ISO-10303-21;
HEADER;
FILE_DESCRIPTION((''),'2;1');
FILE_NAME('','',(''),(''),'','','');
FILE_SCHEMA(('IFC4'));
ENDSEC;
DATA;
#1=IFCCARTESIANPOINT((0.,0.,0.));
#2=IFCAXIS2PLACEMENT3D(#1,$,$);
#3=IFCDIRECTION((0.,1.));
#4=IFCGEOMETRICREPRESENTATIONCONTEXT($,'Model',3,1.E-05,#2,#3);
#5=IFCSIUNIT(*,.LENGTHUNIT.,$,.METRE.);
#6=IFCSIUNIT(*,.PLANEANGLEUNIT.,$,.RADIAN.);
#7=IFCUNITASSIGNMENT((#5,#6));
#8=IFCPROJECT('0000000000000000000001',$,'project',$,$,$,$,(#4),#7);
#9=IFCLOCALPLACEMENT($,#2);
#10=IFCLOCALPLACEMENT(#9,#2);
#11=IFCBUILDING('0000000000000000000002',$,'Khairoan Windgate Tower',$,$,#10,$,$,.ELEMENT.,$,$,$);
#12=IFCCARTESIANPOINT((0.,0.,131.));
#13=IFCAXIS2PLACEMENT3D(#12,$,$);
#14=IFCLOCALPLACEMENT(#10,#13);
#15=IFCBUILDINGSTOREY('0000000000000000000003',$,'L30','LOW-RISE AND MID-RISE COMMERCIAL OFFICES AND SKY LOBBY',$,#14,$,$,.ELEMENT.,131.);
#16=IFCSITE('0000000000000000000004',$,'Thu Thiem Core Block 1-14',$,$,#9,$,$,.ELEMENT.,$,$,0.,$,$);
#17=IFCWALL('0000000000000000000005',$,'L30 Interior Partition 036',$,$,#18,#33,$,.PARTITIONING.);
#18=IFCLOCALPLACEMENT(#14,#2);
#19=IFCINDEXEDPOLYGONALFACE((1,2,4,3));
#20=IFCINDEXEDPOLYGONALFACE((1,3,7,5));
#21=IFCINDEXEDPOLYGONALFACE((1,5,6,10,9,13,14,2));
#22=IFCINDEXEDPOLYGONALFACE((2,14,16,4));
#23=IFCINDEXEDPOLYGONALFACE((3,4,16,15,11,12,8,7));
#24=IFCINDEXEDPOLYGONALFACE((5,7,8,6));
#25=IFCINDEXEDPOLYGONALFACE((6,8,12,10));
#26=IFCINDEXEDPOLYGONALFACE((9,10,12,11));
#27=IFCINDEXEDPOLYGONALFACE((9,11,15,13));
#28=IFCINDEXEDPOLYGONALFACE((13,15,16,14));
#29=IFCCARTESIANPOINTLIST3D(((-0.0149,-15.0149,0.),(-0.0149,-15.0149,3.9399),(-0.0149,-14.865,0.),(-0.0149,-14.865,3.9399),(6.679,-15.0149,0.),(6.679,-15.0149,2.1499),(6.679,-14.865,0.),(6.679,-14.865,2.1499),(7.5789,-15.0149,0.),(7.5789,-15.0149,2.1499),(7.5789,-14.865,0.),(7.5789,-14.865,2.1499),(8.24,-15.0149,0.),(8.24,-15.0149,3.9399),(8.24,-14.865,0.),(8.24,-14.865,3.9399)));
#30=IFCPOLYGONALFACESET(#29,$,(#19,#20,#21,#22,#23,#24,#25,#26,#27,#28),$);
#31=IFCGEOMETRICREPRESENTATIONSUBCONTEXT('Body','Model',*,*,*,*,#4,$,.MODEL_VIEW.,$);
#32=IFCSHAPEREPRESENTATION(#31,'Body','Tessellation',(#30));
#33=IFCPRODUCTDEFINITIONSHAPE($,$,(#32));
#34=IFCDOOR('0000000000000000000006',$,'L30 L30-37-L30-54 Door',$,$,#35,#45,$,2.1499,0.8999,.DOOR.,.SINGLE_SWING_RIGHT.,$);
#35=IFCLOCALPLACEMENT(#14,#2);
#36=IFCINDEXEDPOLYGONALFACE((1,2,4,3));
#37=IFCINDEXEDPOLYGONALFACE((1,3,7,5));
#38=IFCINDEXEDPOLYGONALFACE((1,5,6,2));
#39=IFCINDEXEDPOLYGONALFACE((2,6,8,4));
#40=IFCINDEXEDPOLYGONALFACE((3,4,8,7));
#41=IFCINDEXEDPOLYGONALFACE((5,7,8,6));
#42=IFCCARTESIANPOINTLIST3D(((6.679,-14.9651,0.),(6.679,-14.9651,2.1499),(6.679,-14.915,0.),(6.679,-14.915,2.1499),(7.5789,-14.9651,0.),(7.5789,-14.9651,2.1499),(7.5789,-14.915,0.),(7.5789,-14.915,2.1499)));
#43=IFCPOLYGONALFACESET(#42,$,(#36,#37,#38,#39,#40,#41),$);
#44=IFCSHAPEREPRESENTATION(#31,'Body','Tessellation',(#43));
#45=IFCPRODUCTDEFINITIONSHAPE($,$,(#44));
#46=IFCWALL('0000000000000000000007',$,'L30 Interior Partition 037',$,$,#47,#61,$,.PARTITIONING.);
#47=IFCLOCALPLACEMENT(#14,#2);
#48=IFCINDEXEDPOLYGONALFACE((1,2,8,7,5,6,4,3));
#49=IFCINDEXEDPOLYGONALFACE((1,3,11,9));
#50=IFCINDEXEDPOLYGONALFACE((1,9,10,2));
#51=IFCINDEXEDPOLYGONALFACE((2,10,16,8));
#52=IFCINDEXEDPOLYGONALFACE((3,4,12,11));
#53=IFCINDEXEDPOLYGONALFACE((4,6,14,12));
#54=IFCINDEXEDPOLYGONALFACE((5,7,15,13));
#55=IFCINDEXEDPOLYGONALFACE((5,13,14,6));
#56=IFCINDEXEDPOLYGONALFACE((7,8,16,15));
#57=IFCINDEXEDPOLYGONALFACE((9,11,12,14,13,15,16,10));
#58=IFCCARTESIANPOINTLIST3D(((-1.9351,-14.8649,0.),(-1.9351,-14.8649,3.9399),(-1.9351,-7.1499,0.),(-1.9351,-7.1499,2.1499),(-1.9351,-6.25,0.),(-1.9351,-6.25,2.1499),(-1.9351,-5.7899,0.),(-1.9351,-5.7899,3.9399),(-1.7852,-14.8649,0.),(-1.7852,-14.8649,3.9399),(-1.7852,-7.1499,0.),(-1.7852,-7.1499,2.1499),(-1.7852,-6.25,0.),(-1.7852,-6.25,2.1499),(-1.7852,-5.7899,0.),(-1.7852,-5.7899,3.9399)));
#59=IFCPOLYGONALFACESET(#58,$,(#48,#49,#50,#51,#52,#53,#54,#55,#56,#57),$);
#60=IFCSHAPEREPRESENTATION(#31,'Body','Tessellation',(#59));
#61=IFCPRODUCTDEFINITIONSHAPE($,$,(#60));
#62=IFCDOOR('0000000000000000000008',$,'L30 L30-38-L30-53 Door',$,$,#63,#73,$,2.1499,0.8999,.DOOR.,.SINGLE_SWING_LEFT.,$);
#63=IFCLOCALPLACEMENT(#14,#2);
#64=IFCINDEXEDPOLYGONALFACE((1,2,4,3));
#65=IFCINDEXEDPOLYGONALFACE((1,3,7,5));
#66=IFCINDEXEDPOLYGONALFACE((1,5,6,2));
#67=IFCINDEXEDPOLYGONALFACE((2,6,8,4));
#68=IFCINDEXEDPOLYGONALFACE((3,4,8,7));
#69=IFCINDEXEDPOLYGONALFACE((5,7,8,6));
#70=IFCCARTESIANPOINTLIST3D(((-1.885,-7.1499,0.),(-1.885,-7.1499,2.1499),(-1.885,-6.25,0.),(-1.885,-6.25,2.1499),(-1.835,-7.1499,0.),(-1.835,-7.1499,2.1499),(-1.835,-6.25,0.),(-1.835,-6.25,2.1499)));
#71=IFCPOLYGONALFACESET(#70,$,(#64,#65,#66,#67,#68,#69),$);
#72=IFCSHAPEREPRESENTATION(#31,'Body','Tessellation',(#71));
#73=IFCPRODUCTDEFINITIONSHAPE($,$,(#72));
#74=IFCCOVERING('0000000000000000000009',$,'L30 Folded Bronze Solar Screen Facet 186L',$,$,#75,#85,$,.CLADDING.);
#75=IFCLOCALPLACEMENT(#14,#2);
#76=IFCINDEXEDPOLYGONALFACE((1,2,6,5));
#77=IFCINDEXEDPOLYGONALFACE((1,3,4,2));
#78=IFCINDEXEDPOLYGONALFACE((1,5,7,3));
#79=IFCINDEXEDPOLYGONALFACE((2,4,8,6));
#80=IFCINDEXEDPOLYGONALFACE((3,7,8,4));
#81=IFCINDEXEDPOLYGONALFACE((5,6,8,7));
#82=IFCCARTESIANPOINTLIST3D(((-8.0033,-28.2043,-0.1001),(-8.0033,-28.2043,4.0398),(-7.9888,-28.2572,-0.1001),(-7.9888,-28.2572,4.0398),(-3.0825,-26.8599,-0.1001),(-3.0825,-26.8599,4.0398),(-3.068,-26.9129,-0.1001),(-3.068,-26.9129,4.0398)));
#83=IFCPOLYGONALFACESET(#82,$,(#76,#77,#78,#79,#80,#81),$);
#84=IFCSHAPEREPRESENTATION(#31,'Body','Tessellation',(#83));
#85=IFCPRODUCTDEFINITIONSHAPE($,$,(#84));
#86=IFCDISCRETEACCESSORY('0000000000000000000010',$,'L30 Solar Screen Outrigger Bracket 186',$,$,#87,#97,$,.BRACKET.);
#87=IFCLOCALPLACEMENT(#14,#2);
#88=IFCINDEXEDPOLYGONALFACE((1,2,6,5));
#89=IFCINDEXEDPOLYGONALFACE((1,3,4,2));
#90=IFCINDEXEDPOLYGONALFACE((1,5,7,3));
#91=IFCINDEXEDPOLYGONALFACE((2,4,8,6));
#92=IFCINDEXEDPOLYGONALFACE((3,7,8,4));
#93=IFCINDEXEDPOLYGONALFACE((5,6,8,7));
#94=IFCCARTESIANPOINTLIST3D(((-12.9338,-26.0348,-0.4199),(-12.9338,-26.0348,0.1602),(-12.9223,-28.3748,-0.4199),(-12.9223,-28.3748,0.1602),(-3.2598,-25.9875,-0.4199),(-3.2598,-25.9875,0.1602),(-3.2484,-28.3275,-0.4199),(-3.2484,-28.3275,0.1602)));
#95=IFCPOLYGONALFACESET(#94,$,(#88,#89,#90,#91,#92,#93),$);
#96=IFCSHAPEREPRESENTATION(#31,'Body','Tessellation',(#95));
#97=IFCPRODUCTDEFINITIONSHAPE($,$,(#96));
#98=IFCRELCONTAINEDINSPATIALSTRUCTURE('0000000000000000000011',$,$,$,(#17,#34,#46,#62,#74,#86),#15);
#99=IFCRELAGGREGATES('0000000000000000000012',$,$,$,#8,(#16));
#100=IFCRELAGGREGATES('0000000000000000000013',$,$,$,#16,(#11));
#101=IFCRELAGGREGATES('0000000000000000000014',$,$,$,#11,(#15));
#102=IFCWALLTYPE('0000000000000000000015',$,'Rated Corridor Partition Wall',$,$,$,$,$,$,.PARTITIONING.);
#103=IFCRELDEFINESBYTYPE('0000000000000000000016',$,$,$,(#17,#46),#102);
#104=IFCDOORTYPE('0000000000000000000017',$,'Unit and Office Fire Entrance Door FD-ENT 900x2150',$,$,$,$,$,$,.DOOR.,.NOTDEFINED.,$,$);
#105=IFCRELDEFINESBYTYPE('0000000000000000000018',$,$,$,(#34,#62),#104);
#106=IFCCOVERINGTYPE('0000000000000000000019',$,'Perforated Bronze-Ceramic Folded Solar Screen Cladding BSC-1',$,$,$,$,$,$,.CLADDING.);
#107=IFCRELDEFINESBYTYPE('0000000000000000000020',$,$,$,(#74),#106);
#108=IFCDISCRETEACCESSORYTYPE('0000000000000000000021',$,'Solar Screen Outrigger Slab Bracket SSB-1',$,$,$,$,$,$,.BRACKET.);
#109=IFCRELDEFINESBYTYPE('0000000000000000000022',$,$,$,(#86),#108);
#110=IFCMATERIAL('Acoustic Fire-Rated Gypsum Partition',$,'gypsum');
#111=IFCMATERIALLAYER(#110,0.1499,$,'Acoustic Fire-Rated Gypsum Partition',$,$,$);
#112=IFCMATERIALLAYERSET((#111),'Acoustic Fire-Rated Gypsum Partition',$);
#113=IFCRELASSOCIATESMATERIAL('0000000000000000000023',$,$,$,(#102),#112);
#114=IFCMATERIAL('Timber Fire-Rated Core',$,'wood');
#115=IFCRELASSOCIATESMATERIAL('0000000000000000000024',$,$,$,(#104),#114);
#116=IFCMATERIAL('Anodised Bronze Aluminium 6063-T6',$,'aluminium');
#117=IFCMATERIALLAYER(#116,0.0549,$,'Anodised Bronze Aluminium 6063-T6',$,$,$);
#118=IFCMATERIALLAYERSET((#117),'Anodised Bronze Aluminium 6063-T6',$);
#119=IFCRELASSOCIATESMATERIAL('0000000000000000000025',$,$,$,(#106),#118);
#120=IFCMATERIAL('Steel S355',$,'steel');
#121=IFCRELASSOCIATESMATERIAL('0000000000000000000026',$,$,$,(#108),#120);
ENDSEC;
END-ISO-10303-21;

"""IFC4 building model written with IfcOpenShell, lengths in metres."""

from ifc_helpers import new_model, si_unit, direction, frame, frame_2d, origin, origin_2d, place, context, subcontext, project, spatial, rectangle, extrude, material, layer, layer_set, type_object, element, fill, save


model = new_model("IFC4")

# Units and contexts
model_context = context("Model", 3, precision=1e-05, world=origin(), true_north=direction((0.0, 1.0)))
body_context = subcontext(model_context, "Body", "Model", "MODEL_VIEW")
ifc_project = project(units=[si_unit("LENGTHUNIT", "METRE"), si_unit("PLANEANGLEUNIT", "RADIAN")], contexts=[model_context])

# Site, building, storey
site_placement = place(None, origin())
site = spatial("IfcSite", under=ifc_project, at=site_placement, Name="Thu Thiem Core Block 1-14", CompositionType="ELEMENT", RefElevation=0.0)
building_placement = place(site_placement, origin())
building = spatial("IfcBuilding", under=site, at=building_placement, Name="Khairoan Windgate Tower", CompositionType="ELEMENT")
storey_placement = place(building_placement, frame((0.0, 0.0, 131.0)))
storey = spatial("IfcBuildingStorey", under=building, at=storey_placement, Name="L30", Description="LOW-RISE AND MID-RISE COMMERCIAL OFFICES AND SKY LOBBY", CompositionType="ELEMENT", Elevation=131.0)

# Walls, openings, doors
ifc_material_1 = material(Name="Acoustic Fire-Rated Gypsum Partition", Category="gypsum")
ifc_layer_1 = layer(ifc_material_1, 0.1499, Name="Acoustic Fire-Rated Gypsum Partition")
ifc_layer_set_1 = layer_set([ifc_layer_1], Name="Acoustic Fire-Rated Gypsum Partition")
wall_type_1 = type_object("IfcWallType", Name="Rated Corridor Partition Wall", PredefinedType="PARTITIONING", material=ifc_layer_set_1)
ifc_material_2 = material(Name="Timber Fire-Rated Core", Category="wood")
door_type_1 = type_object("IfcDoorType", Name="Unit and Office Fire Entrance Door FD-ENT 900x2150", OperationType="NOTDEFINED", PredefinedType="DOOR", material=ifc_material_2)
wall_1_placement = place(storey_placement, frame((-0.0149, -14.9399, 0.0), z_axis=(0.0, 0.0, 1.0), x_axis=(1.0, 0.0, 0.0)))
wall_1 = element("IfcWall", 1, at=wall_1_placement, inside=storey, type_object=wall_type_1, Name="L30 Interior Partition 036", PredefinedType="PARTITIONING", context=body_context, shape_type="SweptSolid", body=[
    extrude(rectangle(XDim=8.2549, YDim=0.1499, at=frame_2d((4.1274, 0.0))), origin(), (0.0, 0.0, 1.0), 3.9399),
])
opening_1_placement = place(wall_1_placement, frame((6.6938, 0.0, 0.0)))
opening_1 = element("IfcOpeningElement", 2, at=opening_1_placement, cuts=wall_1, PredefinedType="OPENING", context=body_context, shape_type="SweptSolid", body=[
    extrude(rectangle(XDim=0.8999, YDim=2.1499, at=frame_2d((0.45, 1.075))), frame((0.0, 0.085, 0.0), z_axis=(0.0, -1.0, 0.0), x_axis=(1.0, 0.0, 0.0)), (0.0, 0.0, 1.0), 0.1699),
])
door_1_placement = place(opening_1_placement, origin())
door_1 = element("IfcDoor", 3, at=door_1_placement, inside=storey, type_object=door_type_1, Name="L30 L30-37-L30-54 Door", OperationType="SINGLE_SWING_RIGHT", OverallHeight=2.1499, OverallWidth=0.8999, PredefinedType="DOOR", context=body_context, shape_type="SweptSolid", body=[
    extrude(rectangle(XDim=0.8999, YDim=2.1499, at=frame_2d((0.45, 1.075))), frame((0.0, 0.0249, 0.0), z_axis=(0.0, -1.0, 0.0), x_axis=(1.0, 0.0, 0.0)), (0.0, 0.0, 1.0), 0.05),
])
fill(opening_1, door_1)
wall_2_placement = place(storey_placement, frame((-1.8601, -14.865, 0.0), z_axis=(0.0, 0.0, 1.0), x_axis=(0.0, 1.0, 0.0)))
wall_2 = element("IfcWall", 4, at=wall_2_placement, inside=storey, type_object=wall_type_1, Name="L30 Interior Partition 037", PredefinedType="PARTITIONING", context=body_context, shape_type="SweptSolid", body=[
    extrude(rectangle(XDim=9.075, YDim=0.1499, at=frame_2d((4.5376, 0.0))), origin(), (0.0, 0.0, 1.0), 3.9399),
])
opening_2_placement = place(wall_2_placement, frame((7.7151, 0.0, 0.0)))
opening_2 = element("IfcOpeningElement", 5, at=opening_2_placement, cuts=wall_2, PredefinedType="OPENING", context=body_context, shape_type="SweptSolid", body=[
    extrude(rectangle(XDim=0.8999, YDim=2.1499, at=frame_2d((0.45, 1.075))), frame((0.0, 0.085, 0.0), z_axis=(0.0, -1.0, 0.0), x_axis=(1.0, 0.0, 0.0)), (0.0, 0.0, 1.0), 0.1699),
])
door_2_placement = place(opening_2_placement, origin())
door_2 = element("IfcDoor", 6, at=door_2_placement, inside=storey, type_object=door_type_1, Name="L30 L30-38-L30-53 Door", OperationType="SINGLE_SWING_LEFT", OverallHeight=2.1499, OverallWidth=0.8999, PredefinedType="DOOR", context=body_context, shape_type="SweptSolid", body=[
    extrude(rectangle(XDim=0.8999, YDim=2.1499, at=frame_2d((0.45, 1.075))), frame((0.0, 0.0249, 0.0), z_axis=(0.0, -1.0, 0.0), x_axis=(1.0, 0.0, 0.0)), (0.0, 0.0, 1.0), 0.05),
])
fill(opening_2, door_2)

# Covering
ifc_material_3 = material(Name="Anodised Bronze Aluminium 6063-T6", Category="aluminium")
ifc_layer_2 = layer(ifc_material_3, 0.0549, Name="Anodised Bronze Aluminium 6063-T6")
ifc_layer_set_2 = layer_set([ifc_layer_2], Name="Anodised Bronze Aluminium 6063-T6")
covering_type = type_object("IfcCoveringType", Name="Perforated Bronze-Ceramic Folded Solar Screen Cladding BSC-1", PredefinedType="CLADDING", material=ifc_layer_set_2)
covering_placement = place(storey_placement, frame((-5.5356, -27.5586, -0.1001), z_axis=(0.0, 0.0, 1.0), x_axis=(-0.964649, -0.263536, 0.0)))
element("IfcCovering", 7, at=covering_placement, inside=storey, type_object=covering_type, Name="L30 Folded Bronze Solar Screen Facet 186L", PredefinedType="CLADDING", context=body_context, shape_type="SweptSolid", body=[
    extrude(rectangle(XDim=5.1011, YDim=0.0549, at=origin_2d()), origin(), (0.0, 0.0, 1.0), 4.1399),
])

# Discrete accessory
ifc_material_4 = material(Name="Steel S355", Category="steel")
discrete_accessory_type = type_object("IfcDiscreteAccessoryType", Name="Solar Screen Outrigger Slab Bracket SSB-1", PredefinedType="BRACKET", material=ifc_material_4)
discrete_accessory_placement = place(storey_placement, frame((-8.0911, -27.1812, -0.4199), z_axis=(0.0, 0.0, 1.0), x_axis=(-0.999988, -0.004887, 0.0)))
element("IfcDiscreteAccessory", 8, at=discrete_accessory_placement, inside=storey, type_object=discrete_accessory_type, Name="L30 Solar Screen Outrigger Bracket 186", PredefinedType="BRACKET", context=body_context, shape_type="SweptSolid", body=[
    extrude(rectangle(XDim=9.6741, YDim=2.3401, at=origin_2d()), origin(), (0.0, 0.0, 1.0), 0.5801),
])

save(model, "model.ifc")
